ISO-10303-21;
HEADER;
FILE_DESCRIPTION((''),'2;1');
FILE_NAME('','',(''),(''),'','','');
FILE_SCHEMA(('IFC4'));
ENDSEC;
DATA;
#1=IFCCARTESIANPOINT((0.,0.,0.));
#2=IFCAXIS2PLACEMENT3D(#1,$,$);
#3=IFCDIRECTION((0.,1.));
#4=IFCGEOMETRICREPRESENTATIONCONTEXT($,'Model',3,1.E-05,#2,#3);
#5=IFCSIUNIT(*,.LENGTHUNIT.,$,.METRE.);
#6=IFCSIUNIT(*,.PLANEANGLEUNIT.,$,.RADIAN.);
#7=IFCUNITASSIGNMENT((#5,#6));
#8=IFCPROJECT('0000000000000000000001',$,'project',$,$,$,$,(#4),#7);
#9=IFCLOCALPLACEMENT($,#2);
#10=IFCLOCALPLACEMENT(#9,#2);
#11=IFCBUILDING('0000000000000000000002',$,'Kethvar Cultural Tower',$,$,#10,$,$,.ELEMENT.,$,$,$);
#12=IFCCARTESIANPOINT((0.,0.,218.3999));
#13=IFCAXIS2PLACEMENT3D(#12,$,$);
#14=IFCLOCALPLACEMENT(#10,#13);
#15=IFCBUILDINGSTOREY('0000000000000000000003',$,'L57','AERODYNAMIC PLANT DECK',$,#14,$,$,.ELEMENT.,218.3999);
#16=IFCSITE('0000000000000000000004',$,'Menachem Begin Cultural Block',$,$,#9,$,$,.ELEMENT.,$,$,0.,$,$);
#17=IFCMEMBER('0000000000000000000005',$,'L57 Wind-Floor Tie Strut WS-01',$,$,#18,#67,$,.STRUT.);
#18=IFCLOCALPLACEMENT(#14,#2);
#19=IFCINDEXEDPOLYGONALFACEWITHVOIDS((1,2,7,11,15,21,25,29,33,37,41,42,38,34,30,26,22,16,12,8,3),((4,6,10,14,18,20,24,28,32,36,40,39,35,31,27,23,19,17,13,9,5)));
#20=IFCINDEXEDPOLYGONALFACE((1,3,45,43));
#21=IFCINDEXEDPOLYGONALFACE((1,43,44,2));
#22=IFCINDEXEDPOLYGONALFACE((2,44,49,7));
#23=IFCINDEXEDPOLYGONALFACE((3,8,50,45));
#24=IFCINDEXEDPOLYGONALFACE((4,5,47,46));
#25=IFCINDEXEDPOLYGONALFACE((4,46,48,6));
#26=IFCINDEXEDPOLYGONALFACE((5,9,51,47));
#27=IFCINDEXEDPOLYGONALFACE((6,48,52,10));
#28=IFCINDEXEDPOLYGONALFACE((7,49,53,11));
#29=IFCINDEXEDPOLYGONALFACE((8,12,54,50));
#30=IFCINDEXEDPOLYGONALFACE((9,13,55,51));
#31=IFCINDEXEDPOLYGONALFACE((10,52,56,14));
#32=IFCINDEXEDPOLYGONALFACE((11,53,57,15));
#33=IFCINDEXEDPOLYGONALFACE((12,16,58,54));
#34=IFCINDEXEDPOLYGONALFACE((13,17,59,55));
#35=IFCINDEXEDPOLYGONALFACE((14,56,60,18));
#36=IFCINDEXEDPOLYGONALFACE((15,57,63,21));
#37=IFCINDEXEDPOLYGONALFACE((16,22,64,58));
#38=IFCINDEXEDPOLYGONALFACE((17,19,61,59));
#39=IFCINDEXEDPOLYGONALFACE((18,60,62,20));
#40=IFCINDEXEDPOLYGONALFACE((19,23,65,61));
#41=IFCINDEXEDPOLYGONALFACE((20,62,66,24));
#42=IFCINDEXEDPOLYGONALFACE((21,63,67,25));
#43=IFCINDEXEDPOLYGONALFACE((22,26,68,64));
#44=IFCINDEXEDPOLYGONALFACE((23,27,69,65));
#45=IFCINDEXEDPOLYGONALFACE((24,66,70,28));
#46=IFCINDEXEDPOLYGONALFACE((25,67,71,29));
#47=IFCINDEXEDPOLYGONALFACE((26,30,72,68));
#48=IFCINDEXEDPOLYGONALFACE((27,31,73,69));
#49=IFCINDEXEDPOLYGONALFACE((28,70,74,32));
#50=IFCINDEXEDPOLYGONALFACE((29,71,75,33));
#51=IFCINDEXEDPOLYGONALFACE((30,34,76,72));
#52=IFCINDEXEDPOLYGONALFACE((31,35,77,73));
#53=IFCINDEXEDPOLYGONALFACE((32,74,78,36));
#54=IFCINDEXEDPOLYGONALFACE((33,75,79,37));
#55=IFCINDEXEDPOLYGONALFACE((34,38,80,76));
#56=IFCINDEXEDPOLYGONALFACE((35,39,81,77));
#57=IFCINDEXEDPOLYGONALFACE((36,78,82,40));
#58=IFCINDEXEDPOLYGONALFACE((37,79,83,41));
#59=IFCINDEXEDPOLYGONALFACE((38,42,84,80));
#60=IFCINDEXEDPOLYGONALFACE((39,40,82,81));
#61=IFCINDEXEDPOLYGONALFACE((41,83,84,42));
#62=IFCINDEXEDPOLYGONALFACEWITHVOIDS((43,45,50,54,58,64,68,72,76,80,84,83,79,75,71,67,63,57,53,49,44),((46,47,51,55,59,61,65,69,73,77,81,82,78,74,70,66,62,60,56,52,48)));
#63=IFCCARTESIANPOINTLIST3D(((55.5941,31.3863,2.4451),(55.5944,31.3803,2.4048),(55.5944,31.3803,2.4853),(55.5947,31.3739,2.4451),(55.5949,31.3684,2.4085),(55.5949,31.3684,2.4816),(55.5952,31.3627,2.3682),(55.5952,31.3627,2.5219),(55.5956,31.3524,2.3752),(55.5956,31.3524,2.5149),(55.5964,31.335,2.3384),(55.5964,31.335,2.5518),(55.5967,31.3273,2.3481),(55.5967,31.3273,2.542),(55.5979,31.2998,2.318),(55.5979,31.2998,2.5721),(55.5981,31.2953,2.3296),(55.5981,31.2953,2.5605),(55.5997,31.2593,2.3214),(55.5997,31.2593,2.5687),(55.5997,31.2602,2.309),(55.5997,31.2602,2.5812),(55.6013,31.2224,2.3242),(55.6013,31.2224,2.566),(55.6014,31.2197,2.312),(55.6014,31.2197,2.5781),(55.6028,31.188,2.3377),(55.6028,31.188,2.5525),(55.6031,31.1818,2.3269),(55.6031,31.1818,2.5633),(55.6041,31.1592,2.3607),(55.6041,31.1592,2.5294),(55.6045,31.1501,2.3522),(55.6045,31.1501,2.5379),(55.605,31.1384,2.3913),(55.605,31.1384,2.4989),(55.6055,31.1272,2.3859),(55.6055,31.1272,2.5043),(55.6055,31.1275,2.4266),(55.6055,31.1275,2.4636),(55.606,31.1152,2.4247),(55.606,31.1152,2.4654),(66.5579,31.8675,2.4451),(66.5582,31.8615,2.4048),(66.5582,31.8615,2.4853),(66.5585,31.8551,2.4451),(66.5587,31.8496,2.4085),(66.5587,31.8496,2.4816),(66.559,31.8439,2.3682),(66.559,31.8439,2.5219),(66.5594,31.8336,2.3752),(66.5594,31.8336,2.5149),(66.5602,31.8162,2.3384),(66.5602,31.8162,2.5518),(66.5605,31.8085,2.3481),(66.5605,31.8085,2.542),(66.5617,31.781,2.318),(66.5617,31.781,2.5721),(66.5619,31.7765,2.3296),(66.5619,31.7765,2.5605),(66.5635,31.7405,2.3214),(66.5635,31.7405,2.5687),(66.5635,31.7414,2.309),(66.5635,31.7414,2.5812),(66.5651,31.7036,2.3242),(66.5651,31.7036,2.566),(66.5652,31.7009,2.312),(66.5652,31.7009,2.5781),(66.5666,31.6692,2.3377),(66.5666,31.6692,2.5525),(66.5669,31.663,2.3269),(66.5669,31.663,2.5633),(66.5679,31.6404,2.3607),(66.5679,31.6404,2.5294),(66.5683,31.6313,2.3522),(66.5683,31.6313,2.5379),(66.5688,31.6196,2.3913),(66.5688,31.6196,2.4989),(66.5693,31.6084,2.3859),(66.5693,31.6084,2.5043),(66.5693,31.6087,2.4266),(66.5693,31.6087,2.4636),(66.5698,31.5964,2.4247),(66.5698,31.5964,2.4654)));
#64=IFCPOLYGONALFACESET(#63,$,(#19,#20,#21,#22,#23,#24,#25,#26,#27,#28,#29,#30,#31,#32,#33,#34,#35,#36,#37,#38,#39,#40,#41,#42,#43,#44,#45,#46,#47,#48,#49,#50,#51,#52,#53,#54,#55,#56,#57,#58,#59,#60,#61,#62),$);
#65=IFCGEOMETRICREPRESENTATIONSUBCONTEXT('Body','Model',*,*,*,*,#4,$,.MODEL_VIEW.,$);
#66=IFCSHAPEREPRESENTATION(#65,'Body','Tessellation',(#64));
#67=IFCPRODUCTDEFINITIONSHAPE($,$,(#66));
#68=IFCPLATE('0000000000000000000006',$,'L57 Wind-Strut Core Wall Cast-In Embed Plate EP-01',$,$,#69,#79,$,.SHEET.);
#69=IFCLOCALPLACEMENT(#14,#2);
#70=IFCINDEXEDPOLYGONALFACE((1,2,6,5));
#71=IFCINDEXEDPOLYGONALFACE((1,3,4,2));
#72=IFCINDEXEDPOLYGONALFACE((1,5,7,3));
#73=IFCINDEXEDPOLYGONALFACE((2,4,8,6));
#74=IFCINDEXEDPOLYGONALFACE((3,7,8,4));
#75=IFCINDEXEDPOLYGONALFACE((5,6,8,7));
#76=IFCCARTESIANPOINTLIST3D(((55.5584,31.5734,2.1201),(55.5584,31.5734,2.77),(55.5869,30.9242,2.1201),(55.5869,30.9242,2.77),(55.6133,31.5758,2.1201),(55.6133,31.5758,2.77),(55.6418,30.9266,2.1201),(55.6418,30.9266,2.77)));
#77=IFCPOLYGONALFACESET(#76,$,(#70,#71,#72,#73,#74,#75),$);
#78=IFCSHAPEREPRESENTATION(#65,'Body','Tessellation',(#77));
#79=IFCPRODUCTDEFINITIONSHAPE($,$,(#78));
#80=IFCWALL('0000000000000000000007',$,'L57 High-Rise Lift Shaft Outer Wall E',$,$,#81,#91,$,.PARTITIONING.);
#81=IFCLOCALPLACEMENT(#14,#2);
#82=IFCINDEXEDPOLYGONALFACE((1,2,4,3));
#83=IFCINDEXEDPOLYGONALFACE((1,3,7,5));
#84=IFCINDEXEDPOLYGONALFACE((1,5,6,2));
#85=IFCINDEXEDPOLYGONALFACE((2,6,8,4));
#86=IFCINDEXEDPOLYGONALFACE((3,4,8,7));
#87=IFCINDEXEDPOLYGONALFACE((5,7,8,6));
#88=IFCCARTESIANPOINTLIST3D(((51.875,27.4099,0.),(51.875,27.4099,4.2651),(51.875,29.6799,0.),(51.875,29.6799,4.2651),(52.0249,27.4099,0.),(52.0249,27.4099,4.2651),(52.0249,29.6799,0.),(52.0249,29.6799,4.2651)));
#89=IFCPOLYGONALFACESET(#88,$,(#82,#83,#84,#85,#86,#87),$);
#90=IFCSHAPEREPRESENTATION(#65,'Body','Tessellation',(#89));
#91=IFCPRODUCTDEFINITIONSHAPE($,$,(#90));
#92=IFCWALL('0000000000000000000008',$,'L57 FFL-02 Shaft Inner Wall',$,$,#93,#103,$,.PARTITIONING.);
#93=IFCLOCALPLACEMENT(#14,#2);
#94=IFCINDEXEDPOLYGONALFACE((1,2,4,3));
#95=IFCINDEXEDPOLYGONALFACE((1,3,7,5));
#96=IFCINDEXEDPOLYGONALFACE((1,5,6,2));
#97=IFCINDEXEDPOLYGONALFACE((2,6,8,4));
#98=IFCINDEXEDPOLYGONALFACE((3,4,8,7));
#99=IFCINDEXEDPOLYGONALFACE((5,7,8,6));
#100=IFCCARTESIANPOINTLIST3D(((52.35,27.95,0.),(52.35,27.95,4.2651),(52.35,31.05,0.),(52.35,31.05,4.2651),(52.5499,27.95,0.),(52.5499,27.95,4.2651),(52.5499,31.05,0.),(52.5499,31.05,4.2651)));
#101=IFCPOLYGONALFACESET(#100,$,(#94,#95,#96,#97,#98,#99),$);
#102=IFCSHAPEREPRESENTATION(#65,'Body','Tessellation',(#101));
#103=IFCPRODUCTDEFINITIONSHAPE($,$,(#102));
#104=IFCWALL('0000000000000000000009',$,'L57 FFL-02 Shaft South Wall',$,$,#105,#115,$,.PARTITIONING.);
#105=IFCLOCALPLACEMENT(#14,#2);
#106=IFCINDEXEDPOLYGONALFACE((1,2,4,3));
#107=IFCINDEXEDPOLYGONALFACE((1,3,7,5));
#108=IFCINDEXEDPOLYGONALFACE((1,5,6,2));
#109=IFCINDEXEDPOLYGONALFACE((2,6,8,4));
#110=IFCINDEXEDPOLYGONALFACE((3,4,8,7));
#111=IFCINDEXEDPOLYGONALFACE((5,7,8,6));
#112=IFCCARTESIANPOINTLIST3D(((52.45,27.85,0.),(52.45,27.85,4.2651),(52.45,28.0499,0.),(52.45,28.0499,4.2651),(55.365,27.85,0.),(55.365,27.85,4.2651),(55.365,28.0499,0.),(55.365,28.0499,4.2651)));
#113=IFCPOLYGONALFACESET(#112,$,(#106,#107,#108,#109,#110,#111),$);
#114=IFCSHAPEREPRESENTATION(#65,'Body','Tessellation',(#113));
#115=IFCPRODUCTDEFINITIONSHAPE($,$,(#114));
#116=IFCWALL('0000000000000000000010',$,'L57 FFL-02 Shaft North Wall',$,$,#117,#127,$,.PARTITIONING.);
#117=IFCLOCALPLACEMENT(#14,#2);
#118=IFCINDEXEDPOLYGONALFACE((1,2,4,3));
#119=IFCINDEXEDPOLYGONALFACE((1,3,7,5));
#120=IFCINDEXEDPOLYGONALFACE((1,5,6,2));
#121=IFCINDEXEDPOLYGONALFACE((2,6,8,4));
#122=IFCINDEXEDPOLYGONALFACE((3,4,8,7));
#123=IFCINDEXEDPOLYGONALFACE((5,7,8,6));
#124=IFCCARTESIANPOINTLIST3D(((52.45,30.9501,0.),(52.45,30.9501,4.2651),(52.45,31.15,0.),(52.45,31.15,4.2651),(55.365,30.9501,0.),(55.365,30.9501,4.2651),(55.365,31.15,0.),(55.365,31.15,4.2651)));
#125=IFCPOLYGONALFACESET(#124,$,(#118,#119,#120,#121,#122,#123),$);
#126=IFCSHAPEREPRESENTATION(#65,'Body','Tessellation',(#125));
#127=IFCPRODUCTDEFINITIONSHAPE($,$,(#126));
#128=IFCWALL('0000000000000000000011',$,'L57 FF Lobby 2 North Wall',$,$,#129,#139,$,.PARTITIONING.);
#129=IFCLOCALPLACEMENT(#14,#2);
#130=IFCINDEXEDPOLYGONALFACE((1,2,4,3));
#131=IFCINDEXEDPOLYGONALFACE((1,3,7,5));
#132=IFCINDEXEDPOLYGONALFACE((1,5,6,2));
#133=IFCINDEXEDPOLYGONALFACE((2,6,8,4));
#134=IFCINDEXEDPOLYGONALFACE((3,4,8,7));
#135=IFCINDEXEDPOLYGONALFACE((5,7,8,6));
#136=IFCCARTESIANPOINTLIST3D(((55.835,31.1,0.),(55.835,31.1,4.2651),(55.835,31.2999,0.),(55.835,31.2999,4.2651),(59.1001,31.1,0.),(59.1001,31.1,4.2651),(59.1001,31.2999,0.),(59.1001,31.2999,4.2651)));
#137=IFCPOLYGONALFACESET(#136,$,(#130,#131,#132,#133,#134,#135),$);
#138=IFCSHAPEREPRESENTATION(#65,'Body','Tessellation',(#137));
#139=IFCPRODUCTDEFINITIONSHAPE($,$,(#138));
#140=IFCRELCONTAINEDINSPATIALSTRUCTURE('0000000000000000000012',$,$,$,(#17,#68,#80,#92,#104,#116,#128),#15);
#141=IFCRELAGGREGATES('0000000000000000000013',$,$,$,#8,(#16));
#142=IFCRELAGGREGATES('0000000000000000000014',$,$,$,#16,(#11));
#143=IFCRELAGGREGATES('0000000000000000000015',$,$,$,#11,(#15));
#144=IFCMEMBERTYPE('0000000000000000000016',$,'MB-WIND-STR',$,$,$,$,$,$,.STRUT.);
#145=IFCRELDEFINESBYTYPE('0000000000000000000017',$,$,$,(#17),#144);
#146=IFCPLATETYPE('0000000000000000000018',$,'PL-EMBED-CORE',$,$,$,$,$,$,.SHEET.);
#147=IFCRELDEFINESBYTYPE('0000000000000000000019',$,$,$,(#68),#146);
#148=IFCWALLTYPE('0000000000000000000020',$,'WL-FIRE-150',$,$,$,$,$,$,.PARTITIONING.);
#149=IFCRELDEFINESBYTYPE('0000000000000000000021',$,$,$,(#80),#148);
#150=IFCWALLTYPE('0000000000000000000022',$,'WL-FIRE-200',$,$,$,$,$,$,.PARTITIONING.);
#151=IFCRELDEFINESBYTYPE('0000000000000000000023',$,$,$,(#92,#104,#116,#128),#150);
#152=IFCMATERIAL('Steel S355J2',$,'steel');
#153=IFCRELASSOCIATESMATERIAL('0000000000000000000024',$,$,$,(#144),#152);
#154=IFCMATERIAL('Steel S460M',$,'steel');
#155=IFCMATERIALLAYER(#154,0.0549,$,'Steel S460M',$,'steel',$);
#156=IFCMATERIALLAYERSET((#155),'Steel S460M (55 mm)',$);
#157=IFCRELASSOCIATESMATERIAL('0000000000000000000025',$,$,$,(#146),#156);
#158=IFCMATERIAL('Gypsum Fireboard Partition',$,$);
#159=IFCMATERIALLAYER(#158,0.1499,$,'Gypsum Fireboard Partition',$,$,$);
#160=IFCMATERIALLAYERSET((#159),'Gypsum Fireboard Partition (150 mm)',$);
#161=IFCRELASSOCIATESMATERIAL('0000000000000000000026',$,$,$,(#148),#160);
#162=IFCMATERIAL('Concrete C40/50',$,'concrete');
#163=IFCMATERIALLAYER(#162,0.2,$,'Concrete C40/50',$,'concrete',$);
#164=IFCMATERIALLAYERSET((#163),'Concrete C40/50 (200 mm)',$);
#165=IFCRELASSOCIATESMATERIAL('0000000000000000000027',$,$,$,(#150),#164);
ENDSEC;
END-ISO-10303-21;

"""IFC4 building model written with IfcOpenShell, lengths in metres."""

from ifc_helpers import new_model, si_unit, direction, frame, frame_2d, origin, origin_2d, place, context, subcontext, project, spatial, rectangle, hollow_circle, extrude, source, transform, mapped, material, layer, layer_set, material_profile, profile_set, type_object, element, save


model = new_model("IFC4")

# Units and contexts
model_context = context("Model", 3, precision=1e-05, world=origin(), true_north=direction((0.0, 1.0)))
body_context = subcontext(model_context, "Body", "Model", "MODEL_VIEW")
ifc_project = project(units=[si_unit("LENGTHUNIT", "METRE"), si_unit("PLANEANGLEUNIT", "RADIAN")], contexts=[model_context])

# Site, building, storey
site_placement = place(None, origin())
site = spatial("IfcSite", under=ifc_project, at=site_placement, Name="Menachem Begin Cultural Block", CompositionType="ELEMENT", RefElevation=0.0)
building_placement = place(site_placement, origin())
building = spatial("IfcBuilding", under=site, at=building_placement, Name="Kethvar Cultural Tower", CompositionType="ELEMENT")
storey_placement = place(building_placement, frame((0.0, 0.0, 218.3999)))
storey = spatial("IfcBuildingStorey", under=building, at=storey_placement, Name="L57", Description="AERODYNAMIC PLANT DECK", CompositionType="ELEMENT", Elevation=218.3999)

# Shared definitions
ifc_material_1 = material(Name="Steel S460M", Category="steel")

# Shared definitions
ifc_material_2 = material(Name="Steel S355J2", Category="steel")

# Member
ifc_material_profile_1 = material_profile(ifc_material_2, hollow_circle(Radius=0.1365, WallThickness=0.0125, at=origin_2d()), Name="Steel S355J2 — CHS273x12.5")
ifc_profile_set_1 = profile_set([ifc_material_profile_1], Name="Steel S355J2 — CHS273x12.5")
member_type = type_object("IfcMemberType", Name="MB-WIND-STR", PredefinedType="STRUT", material=ifc_profile_set_1)
shared_shape_1 = source(origin(), body_context, "Body", "SweptSolid", [
    extrude(hollow_circle(Radius=0.1365, WallThickness=0.0125, at=origin_2d()), origin(), (0.0, 0.0, 1.0), 10.9744),
])
member_placement = place(storey_placement, frame((55.6001, 31.25, 2.4451), z_axis=(0.999038, 0.043848, 0.0), x_axis=(-0.043848, 0.999038, 0.0)))
element("IfcMember", 1, at=member_placement, inside=storey, type_object=member_type, Name="L57 Wind-Floor Tie Strut WS-01", PredefinedType="STRUT", context=body_context, shape_type="MappedRepresentation", body=[
    mapped(shared_shape_1, transform((0.0, 0.0, 0.0), scale=1.0)),
])

# Plate
ifc_layer_1 = layer(ifc_material_1, 0.0549, Name="Steel S460M", Category="steel")
ifc_layer_set_1 = layer_set([ifc_layer_1], Name="Steel S460M (55 mm)")
plate_type = type_object("IfcPlateType", Name="PL-EMBED-CORE", PredefinedType="SHEET", material=ifc_layer_set_1)
shared_shape_2 = source(origin(), body_context, "Body", "SweptSolid", [
    extrude(rectangle(XDim=0.0549, YDim=0.6499, at=origin_2d()), origin(), (0.0, 0.0, 1.0), 0.6499),
])
plate_placement = place(storey_placement, frame((55.6001, 31.25, 2.1201), z_axis=(0.0, 0.0, 1.0), x_axis=(0.999041, 0.043794, 0.0)))
element("IfcPlate", 2, at=plate_placement, inside=storey, type_object=plate_type, Name="L57 Wind-Strut Core Wall Cast-In Embed Plate EP-01", PredefinedType="SHEET", context=body_context, shape_type="MappedRepresentation", body=[
    mapped(shared_shape_2, transform((0.0, 0.0, 0.0), scale=1.0)),
])

# Walls
ifc_material_3 = material(Name="Gypsum Fireboard Partition")
ifc_layer_2 = layer(ifc_material_3, 0.1499, Name="Gypsum Fireboard Partition")
ifc_layer_set_2 = layer_set([ifc_layer_2], Name="Gypsum Fireboard Partition (150 mm)")
wall_type_1 = type_object("IfcWallType", Name="WL-FIRE-150", PredefinedType="PARTITIONING", material=ifc_layer_set_2)
wall_1_placement = place(storey_placement, frame((51.95, 27.4099, 0.0), z_axis=(0.0, 0.0, 1.0), x_axis=(0.0, 1.0, 0.0)))
element("IfcWall", 3, at=wall_1_placement, inside=storey, type_object=wall_type_1, Name="L57 High-Rise Lift Shaft Outer Wall E", PredefinedType="PARTITIONING", context=body_context, shape_type="SweptSolid", body=[
    extrude(rectangle(XDim=2.27, YDim=0.1499, at=frame_2d((1.135, 0.0))), origin(), (0.0, 0.0, 1.0), 4.2651),
])
ifc_material_4 = material(Name="Concrete C40/50", Category="concrete")
ifc_layer_3 = layer(ifc_material_4, 0.2, Name="Concrete C40/50", Category="concrete")
ifc_layer_set_3 = layer_set([ifc_layer_3], Name="Concrete C40/50 (200 mm)")
wall_type_2 = type_object("IfcWallType", Name="WL-FIRE-200", PredefinedType="PARTITIONING", material=ifc_layer_set_3)
wall_2_placement = place(storey_placement, frame((52.45, 27.95, 0.0), z_axis=(0.0, 0.0, 1.0), x_axis=(0.0, 1.0, 0.0)))
element("IfcWall", 4, at=wall_2_placement, inside=storey, type_object=wall_type_2, Name="L57 FFL-02 Shaft Inner Wall", PredefinedType="PARTITIONING", context=body_context, shape_type="SweptSolid", body=[
    extrude(rectangle(XDim=3.1001, YDim=0.2, at=frame_2d((1.55, 0.0))), origin(), (0.0, 0.0, 1.0), 4.2651),
])
for number, where, z_axis, x_axis, name in (
    (5, (52.45, 27.95, 0.0), (0.0, 0.0, 1.0), (1.0, 0.0, 0.0), "L57 FFL-02 Shaft South Wall"),
    (6, (52.45, 31.05, 0.0), (0.0, 0.0, 1.0), (1.0, 0.0, 0.0), "L57 FFL-02 Shaft North Wall"),
):
    element("IfcWall", number, at=place(storey_placement, frame(where, z_axis=z_axis, x_axis=x_axis)), inside=storey, type_object=wall_type_2, Name=name, PredefinedType="PARTITIONING", context=body_context, shape_type="SweptSolid", body=[
        extrude(rectangle(XDim=2.915, YDim=0.2, at=frame_2d((1.4575, 0.0))), origin(), (0.0, 0.0, 1.0), 4.2651),
    ])
wall_3_placement = place(storey_placement, frame((55.835, 31.2, 0.0), z_axis=(0.0, 0.0, 1.0), x_axis=(1.0, 0.0, 0.0)))
element("IfcWall", 7, at=wall_3_placement, inside=storey, type_object=wall_type_2, Name="L57 FF Lobby 2 North Wall", PredefinedType="PARTITIONING", context=body_context, shape_type="SweptSolid", body=[
    extrude(rectangle(XDim=3.2651, YDim=0.2, at=frame_2d((1.6326, 0.0))), origin(), (0.0, 0.0, 1.0), 4.2651),
])

save(model, "model.ifc")
